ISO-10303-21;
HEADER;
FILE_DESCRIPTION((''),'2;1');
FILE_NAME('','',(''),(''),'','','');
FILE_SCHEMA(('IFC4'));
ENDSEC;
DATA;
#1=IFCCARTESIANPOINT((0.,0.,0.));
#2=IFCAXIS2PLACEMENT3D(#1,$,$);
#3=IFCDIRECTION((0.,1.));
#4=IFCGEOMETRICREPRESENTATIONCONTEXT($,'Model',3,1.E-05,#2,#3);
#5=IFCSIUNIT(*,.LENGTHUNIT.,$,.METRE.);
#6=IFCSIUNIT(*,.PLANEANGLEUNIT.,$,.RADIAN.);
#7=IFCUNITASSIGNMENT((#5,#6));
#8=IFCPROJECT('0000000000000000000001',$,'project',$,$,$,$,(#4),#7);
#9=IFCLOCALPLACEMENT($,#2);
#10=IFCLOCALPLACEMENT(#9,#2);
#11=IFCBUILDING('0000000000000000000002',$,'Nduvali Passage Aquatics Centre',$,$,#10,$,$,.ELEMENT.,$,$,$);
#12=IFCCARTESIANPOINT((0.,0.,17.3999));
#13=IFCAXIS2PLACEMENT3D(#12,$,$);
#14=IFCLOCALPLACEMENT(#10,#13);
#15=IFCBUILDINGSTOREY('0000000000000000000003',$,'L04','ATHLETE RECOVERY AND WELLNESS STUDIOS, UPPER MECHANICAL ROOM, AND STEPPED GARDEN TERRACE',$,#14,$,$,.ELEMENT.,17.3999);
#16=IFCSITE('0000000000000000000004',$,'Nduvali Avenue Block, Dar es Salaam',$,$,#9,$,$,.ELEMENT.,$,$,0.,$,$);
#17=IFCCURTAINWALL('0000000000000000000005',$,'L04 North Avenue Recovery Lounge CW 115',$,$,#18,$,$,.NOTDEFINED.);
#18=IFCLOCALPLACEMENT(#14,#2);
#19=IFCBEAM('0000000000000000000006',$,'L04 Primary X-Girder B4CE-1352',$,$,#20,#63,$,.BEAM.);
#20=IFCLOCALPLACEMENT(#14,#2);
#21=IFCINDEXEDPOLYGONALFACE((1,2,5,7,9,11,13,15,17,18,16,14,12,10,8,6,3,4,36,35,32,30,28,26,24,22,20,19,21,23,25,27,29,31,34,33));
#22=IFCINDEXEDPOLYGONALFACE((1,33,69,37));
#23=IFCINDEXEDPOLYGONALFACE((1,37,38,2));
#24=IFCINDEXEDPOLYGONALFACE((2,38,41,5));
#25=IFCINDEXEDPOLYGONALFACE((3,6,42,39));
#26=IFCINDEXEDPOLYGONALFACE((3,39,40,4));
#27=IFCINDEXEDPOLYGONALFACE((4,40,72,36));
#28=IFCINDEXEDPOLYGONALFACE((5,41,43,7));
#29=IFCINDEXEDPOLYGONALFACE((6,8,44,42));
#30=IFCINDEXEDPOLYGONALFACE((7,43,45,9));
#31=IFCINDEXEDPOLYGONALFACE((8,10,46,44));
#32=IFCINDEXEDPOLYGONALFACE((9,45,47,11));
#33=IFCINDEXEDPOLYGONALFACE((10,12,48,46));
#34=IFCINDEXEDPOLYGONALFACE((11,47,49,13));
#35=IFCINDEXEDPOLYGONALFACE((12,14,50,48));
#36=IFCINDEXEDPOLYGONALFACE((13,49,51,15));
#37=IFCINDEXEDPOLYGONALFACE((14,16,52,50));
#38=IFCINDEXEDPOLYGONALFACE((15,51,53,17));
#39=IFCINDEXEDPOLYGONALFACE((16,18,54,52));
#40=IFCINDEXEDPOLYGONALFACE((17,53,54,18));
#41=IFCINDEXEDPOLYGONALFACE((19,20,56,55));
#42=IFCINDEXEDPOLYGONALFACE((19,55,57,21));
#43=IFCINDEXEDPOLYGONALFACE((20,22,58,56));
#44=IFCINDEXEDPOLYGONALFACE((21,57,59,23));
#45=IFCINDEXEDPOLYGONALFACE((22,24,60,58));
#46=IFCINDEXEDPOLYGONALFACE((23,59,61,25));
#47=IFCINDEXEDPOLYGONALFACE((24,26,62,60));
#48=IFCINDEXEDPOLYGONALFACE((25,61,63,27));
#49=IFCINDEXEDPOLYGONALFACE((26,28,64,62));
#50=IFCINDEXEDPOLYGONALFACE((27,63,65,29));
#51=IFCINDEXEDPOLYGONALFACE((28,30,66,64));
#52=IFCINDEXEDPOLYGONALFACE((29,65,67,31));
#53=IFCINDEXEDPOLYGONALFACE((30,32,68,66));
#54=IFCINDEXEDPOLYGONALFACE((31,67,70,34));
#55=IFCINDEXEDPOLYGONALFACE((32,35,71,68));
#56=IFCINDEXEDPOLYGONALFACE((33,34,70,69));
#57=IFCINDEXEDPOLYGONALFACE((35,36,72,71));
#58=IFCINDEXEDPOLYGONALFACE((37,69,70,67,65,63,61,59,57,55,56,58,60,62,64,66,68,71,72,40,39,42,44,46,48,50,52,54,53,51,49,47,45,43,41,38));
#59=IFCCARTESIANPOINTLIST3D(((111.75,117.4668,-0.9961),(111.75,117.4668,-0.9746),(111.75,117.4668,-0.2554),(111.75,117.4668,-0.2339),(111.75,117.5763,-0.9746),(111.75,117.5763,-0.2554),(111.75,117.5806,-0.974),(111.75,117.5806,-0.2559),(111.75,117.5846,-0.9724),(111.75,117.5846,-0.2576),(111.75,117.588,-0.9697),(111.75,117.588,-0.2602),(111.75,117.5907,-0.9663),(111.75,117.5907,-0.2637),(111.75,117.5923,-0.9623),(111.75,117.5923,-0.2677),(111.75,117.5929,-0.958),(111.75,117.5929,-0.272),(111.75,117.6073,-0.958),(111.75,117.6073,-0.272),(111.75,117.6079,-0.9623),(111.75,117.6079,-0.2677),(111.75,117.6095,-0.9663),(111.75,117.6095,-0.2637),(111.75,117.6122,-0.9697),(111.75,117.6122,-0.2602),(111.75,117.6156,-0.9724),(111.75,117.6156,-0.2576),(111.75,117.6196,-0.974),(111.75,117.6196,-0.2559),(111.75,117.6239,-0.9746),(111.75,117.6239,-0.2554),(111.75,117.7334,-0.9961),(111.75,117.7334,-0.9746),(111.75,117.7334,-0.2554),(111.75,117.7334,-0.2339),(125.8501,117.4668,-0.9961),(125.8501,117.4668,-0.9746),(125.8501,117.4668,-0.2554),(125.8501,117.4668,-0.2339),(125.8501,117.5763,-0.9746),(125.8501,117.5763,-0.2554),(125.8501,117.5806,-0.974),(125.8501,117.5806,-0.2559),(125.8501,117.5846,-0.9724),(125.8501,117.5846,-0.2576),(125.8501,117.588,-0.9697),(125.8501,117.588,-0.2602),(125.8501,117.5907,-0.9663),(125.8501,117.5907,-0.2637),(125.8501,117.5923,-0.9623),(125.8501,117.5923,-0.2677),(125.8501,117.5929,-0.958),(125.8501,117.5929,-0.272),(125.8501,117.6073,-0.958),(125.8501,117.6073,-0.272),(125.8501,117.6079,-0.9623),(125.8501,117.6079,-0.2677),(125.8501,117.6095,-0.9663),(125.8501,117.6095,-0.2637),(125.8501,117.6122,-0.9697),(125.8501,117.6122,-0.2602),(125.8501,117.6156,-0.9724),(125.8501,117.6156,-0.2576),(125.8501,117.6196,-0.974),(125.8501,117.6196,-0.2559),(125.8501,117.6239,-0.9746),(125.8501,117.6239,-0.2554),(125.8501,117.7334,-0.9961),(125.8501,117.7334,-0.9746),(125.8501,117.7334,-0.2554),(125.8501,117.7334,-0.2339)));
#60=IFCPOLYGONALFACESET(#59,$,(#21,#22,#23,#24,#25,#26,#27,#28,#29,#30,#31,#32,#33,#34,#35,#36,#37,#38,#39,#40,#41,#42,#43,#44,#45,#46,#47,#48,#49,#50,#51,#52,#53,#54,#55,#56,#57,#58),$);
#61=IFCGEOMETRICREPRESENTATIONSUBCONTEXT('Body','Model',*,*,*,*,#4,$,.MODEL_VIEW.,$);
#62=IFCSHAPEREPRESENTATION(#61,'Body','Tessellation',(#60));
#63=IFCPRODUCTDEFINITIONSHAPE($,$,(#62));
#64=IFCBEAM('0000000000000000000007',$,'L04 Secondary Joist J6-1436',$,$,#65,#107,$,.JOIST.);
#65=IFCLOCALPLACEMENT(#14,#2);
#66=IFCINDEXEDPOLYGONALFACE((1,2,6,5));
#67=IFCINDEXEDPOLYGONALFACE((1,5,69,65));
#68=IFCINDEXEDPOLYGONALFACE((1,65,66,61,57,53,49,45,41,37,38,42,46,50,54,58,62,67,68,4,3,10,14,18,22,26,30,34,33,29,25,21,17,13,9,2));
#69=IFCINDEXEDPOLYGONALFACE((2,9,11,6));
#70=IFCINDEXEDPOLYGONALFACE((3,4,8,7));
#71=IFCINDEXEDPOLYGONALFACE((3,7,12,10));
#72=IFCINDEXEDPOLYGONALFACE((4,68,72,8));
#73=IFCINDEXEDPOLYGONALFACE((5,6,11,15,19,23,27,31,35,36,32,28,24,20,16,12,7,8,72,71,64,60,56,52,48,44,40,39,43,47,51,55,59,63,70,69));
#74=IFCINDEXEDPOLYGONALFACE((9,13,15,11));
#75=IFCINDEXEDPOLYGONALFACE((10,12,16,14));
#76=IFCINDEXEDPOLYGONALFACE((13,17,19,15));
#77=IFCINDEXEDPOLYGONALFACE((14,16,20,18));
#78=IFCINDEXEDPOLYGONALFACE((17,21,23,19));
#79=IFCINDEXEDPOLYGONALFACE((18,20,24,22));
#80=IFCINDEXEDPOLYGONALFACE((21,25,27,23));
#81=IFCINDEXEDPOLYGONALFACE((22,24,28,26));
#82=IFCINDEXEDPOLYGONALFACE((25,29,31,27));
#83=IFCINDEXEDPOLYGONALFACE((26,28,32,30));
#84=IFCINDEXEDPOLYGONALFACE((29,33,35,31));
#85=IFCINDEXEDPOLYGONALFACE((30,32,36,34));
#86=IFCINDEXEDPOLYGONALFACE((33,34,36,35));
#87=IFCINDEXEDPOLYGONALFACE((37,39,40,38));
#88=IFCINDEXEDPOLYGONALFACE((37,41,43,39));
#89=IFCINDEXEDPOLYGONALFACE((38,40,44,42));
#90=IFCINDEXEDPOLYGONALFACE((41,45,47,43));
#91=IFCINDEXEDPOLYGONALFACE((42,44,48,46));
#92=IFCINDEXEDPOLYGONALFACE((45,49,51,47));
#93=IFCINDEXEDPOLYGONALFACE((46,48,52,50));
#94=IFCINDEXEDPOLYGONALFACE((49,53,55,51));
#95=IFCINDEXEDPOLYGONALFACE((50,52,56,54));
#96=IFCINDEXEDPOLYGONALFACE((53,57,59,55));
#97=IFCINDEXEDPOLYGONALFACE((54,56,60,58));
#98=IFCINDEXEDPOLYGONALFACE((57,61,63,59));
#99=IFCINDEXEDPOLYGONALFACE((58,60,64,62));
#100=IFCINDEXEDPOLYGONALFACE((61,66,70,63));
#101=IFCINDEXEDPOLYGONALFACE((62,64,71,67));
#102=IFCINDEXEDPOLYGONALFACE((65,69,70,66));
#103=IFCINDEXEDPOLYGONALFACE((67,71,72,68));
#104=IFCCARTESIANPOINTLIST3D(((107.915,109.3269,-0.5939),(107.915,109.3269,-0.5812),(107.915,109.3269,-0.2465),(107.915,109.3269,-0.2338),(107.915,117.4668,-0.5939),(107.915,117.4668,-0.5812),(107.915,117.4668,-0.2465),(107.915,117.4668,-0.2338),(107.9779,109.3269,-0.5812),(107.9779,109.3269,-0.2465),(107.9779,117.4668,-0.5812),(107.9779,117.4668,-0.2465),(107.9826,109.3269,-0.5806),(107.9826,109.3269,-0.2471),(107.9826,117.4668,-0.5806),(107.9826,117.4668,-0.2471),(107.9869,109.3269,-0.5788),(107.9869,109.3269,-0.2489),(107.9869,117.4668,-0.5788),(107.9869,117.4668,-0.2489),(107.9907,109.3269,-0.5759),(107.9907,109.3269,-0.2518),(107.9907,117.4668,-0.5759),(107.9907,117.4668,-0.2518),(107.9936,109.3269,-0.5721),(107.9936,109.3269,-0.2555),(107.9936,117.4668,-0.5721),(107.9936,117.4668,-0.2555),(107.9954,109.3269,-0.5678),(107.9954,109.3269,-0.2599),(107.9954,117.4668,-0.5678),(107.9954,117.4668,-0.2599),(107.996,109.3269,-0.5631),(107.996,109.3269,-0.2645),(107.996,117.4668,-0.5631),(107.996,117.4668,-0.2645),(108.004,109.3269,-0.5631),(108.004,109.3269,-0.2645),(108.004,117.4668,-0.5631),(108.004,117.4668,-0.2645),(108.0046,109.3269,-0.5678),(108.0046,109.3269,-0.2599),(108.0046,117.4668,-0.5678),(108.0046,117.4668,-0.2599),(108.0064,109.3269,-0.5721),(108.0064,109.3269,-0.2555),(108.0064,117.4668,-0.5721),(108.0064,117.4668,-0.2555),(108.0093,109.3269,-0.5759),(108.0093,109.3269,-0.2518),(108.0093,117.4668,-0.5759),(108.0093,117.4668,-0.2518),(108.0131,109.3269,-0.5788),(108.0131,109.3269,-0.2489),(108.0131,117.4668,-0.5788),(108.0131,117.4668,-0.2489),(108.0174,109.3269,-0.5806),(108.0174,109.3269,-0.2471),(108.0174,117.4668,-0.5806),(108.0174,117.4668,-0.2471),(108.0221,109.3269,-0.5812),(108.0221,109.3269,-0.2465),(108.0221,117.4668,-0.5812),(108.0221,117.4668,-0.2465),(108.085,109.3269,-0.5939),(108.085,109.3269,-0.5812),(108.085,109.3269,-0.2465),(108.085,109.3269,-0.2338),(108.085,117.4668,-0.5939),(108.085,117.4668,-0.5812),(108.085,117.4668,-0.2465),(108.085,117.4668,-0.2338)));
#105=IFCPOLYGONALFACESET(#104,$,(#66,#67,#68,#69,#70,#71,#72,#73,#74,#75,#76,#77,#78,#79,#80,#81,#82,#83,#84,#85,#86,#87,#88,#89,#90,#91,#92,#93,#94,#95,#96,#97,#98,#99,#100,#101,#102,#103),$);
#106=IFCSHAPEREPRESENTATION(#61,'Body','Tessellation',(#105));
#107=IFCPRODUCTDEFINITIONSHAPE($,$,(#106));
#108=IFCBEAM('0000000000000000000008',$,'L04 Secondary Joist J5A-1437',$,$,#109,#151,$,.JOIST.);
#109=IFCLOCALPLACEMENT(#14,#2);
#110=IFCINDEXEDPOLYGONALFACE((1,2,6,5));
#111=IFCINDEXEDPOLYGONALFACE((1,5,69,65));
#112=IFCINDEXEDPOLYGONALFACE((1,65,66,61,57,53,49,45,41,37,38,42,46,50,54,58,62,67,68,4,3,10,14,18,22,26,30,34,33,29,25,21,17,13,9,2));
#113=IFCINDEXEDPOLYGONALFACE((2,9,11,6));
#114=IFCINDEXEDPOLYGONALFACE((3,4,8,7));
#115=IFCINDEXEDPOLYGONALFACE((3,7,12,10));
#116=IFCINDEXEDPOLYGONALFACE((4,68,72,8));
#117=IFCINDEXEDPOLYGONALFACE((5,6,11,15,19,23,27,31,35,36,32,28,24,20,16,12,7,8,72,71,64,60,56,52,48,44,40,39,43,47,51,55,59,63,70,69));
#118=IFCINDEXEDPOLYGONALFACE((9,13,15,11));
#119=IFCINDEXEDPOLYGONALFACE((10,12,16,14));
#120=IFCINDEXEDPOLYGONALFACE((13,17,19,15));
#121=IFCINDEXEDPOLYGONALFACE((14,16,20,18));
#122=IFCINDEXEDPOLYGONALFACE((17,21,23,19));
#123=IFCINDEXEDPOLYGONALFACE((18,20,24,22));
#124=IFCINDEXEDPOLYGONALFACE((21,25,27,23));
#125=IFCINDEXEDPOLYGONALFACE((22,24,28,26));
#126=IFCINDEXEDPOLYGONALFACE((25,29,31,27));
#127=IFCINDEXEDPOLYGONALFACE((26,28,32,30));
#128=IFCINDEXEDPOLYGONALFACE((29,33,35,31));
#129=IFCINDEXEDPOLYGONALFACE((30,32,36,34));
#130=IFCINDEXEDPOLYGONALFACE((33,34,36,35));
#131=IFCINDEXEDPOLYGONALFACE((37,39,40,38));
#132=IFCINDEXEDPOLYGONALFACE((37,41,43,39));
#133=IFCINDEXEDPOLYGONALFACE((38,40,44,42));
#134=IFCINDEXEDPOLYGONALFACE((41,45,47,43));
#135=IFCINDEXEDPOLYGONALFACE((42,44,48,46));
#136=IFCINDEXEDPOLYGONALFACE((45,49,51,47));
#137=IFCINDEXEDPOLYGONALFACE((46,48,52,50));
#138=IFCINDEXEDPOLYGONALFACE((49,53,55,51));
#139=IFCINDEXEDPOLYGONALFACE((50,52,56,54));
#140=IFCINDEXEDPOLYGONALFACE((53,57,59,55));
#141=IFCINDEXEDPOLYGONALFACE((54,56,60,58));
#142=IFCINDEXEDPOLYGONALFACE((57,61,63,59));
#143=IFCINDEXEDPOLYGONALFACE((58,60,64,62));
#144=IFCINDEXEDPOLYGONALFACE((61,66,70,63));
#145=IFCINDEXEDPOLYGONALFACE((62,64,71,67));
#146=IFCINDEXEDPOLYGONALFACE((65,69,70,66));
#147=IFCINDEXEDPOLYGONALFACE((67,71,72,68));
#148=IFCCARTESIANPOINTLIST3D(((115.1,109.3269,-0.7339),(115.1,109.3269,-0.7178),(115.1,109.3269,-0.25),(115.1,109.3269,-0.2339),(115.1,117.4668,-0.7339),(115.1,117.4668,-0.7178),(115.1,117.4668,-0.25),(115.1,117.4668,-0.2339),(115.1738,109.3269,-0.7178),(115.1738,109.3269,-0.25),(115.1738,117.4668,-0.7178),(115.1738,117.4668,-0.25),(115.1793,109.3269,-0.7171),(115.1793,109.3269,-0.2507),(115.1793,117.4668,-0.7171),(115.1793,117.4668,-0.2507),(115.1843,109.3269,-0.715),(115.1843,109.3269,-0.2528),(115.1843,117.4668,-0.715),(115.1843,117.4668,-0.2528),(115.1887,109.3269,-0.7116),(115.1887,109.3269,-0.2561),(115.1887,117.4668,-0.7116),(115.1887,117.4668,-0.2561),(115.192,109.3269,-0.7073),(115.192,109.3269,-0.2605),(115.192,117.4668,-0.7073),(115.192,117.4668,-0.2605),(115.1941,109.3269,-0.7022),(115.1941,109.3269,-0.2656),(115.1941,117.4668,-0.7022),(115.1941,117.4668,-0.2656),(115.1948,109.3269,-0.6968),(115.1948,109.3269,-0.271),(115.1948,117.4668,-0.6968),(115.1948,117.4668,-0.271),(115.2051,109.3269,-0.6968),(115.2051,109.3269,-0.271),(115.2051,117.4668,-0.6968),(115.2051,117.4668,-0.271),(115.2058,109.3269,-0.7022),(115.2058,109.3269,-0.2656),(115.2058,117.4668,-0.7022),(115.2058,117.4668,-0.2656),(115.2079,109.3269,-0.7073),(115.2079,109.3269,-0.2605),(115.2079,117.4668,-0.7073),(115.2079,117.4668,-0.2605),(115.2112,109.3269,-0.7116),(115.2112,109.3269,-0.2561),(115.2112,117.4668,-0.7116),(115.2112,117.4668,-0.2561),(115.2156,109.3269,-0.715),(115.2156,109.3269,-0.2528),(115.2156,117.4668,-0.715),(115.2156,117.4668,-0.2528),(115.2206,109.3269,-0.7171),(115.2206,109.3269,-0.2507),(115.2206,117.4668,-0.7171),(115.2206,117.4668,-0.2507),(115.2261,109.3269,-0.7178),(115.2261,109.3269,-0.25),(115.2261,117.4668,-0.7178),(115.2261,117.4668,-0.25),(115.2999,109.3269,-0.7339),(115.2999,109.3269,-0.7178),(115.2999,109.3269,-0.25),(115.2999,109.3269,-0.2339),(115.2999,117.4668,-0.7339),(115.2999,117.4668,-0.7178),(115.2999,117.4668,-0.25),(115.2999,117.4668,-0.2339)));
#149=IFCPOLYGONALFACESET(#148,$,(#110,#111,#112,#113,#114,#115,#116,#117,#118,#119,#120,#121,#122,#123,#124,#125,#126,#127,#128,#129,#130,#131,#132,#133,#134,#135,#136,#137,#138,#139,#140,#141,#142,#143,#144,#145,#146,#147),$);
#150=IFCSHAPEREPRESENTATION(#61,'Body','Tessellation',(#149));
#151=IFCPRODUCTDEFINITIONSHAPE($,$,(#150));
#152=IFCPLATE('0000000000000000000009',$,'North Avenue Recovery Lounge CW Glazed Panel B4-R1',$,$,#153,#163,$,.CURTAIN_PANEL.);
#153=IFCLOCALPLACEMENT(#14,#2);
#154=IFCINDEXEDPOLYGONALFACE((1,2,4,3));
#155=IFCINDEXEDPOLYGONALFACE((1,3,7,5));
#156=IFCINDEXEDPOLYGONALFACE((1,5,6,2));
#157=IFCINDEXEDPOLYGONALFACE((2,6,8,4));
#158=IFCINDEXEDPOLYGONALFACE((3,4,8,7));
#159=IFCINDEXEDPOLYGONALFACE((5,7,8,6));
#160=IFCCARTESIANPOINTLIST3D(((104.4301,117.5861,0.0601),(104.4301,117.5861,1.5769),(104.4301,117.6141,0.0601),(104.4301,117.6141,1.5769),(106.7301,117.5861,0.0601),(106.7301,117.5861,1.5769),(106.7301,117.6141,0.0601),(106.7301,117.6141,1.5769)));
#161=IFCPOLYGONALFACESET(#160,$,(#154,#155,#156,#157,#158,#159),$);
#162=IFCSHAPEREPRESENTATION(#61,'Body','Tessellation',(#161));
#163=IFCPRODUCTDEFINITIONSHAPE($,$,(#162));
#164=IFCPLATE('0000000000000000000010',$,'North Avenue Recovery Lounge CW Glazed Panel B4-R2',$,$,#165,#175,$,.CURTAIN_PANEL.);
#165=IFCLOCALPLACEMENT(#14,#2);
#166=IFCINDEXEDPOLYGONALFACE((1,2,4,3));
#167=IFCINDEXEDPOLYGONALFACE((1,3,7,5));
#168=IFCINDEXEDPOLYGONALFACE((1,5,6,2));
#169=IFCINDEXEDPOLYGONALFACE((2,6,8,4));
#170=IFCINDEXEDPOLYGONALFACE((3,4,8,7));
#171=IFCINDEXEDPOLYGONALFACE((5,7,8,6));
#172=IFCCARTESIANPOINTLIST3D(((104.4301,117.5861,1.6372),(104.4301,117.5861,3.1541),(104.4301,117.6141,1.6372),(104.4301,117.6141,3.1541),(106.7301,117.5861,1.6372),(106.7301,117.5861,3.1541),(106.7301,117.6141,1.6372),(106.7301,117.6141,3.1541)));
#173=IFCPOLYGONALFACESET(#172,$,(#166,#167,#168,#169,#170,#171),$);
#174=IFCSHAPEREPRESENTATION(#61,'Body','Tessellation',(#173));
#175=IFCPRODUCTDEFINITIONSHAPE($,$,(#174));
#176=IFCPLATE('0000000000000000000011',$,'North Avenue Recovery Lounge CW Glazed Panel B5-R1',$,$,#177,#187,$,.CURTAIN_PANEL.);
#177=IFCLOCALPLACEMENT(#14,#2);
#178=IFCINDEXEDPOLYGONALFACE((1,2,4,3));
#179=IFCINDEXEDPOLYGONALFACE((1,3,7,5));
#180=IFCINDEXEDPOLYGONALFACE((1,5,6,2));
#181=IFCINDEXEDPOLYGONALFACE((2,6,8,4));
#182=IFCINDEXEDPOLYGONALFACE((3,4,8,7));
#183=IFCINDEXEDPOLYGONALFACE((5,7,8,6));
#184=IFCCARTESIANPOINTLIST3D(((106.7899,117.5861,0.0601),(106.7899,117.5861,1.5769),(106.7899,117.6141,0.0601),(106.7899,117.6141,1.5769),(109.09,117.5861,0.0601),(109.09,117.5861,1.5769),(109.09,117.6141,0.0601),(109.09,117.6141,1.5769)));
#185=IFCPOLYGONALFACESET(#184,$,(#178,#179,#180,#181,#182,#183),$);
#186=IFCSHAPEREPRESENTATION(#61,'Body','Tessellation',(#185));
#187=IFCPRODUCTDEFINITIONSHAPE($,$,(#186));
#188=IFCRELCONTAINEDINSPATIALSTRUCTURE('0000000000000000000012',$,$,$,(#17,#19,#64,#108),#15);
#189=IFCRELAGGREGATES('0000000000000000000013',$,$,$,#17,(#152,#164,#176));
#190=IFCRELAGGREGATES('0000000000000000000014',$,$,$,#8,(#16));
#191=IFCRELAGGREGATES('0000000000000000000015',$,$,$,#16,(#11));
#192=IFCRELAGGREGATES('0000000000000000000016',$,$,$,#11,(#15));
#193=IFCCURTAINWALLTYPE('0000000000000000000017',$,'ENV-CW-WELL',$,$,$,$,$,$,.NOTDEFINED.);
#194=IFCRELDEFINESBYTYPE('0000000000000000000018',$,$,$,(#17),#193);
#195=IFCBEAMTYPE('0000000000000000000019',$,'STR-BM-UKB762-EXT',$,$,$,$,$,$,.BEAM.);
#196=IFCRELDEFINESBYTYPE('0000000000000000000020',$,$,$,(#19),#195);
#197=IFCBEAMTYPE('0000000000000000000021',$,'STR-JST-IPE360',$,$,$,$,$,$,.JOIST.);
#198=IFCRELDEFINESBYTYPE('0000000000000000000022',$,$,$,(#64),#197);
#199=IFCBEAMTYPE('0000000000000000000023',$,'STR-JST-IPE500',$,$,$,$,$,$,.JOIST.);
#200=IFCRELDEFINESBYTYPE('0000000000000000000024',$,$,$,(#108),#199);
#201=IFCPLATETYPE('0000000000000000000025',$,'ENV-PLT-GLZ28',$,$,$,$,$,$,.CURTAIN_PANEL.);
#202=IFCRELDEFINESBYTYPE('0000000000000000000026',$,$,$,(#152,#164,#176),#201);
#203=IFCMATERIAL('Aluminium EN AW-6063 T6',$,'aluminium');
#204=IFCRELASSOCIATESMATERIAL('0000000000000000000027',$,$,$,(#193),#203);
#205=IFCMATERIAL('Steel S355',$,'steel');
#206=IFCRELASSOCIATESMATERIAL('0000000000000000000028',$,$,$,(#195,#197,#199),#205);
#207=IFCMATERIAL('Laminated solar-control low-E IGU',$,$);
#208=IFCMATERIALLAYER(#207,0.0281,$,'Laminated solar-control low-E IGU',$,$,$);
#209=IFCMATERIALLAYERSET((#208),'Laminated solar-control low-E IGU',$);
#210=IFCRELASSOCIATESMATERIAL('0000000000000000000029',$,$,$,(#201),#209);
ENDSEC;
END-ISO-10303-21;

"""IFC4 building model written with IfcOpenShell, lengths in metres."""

from ifc_helpers import new_model, si_unit, direction, frame, origin, origin_2d, place, context, subcontext, project, spatial, rectangle, i_section, extrude, material, layer, layer_set, material_profile, profile_set, type_object, element, aggregate, save


model = new_model("IFC4")

# Units and contexts
model_context = context("Model", 3, precision=1e-05, world=origin(), true_north=direction((0.0, 1.0)))
body_context = subcontext(model_context, "Body", "Model", "MODEL_VIEW")
ifc_project = project(units=[si_unit("LENGTHUNIT", "METRE"), si_unit("PLANEANGLEUNIT", "RADIAN")], contexts=[model_context])

# Site, building, storey
site_placement = place(None, origin())
site = spatial("IfcSite", under=ifc_project, at=site_placement, Name="Nduvali Avenue Block, Dar es Salaam", CompositionType="ELEMENT", RefElevation=0.0)
building_placement = place(site_placement, origin())
building = spatial("IfcBuilding", under=site, at=building_placement, Name="Nduvali Passage Aquatics Centre", CompositionType="ELEMENT")
storey_placement = place(building_placement, frame((0.0, 0.0, 17.3999)))
storey = spatial("IfcBuildingStorey", under=building, at=storey_placement, Name="L04", Description="ATHLETE RECOVERY AND WELLNESS STUDIOS, UPPER MECHANICAL ROOM, AND STEPPED GARDEN TERRACE", CompositionType="ELEMENT", Elevation=17.3999)

# Shared definitions
ifc_material_1 = material(Name="Steel S355", Category="steel")

# Curtain wall
ifc_material_2 = material(Name="Aluminium EN AW-6063 T6", Category="aluminium")
curtain_wall_type = type_object("IfcCurtainWallType", Name="ENV-CW-WELL", PredefinedType="NOTDEFINED", material=ifc_material_2)
curtain_wall_1_placement = place(storey_placement, origin())
curtain_wall_1 = element("IfcCurtainWall", 1, at=curtain_wall_1_placement, inside=storey, type_object=curtain_wall_type, Name="L04 North Avenue Recovery Lounge CW 115", PredefinedType="NOTDEFINED")

# Beams
ifc_material_profile_1 = material_profile(ifc_material_1, i_section(OverallWidth=0.2666, OverallDepth=0.7622, WebThickness=0.0144, FlangeThickness=0.0215, FilletRadius=0.0166, at=origin_2d()), Name="UKB 762x267x173")
ifc_profile_set_1 = profile_set([ifc_material_profile_1], Name="Steel S355")
beam_type_1 = type_object("IfcBeamType", Name="STR-BM-UKB762-EXT", PredefinedType="BEAM", material=ifc_profile_set_1)
beam_1_placement = place(storey_placement, frame((111.75, 117.6001, -0.615), z_axis=(1.0, 0.0, 0.0), x_axis=(0.0, 1.0, 0.0)))
element("IfcBeam", 2, at=beam_1_placement, inside=storey, type_object=beam_type_1, Name="L04 Primary X-Girder B4CE-1352", PredefinedType="BEAM", context=body_context, shape_type="SweptSolid", body=[
    extrude(i_section(OverallWidth=0.2666, OverallDepth=0.7622, WebThickness=0.0144, FlangeThickness=0.0215, FilletRadius=0.0166, at=origin_2d()), origin(), (0.0, 0.0, 1.0), 14.1001),
])
ifc_material_profile_2 = material_profile(ifc_material_1, i_section(OverallWidth=0.1699, OverallDepth=0.3601, WebThickness=0.0081, FlangeThickness=0.0127, FilletRadius=0.0181, at=origin_2d()), Name="IPE 360")
ifc_profile_set_2 = profile_set([ifc_material_profile_2], Name="Steel S355")
beam_type_2 = type_object("IfcBeamType", Name="STR-JST-IPE360", PredefinedType="JOIST", material=ifc_profile_set_2)
beam_2_placement = place(storey_placement, frame((108.0, 109.3269, -0.4138), z_axis=(0.0, 1.0, 0.0), x_axis=(-1.0, 0.0, 0.0)))
element("IfcBeam", 3, at=beam_2_placement, inside=storey, type_object=beam_type_2, Name="L04 Secondary Joist J6-1436", PredefinedType="JOIST", context=body_context, shape_type="SweptSolid", body=[
    extrude(i_section(OverallWidth=0.1699, OverallDepth=0.3601, WebThickness=0.0081, FlangeThickness=0.0127, FilletRadius=0.0181, at=origin_2d()), origin(), (0.0, 0.0, 1.0), 8.1399),
])
ifc_material_profile_3 = material_profile(ifc_material_1, i_section(OverallWidth=0.2, OverallDepth=0.5, WebThickness=0.0103, FlangeThickness=0.0161, FilletRadius=0.021, at=origin_2d()), Name="IPE 500")
ifc_profile_set_3 = profile_set([ifc_material_profile_3], Name="Steel S355")
beam_type_3 = type_object("IfcBeamType", Name="STR-JST-IPE500", PredefinedType="JOIST", material=ifc_profile_set_3)
beam_3_placement = place(storey_placement, frame((115.2, 109.3269, -0.4839), z_axis=(0.0, 1.0, 0.0), x_axis=(-1.0, 0.0, 0.0)))
element("IfcBeam", 4, at=beam_3_placement, inside=storey, type_object=beam_type_3, Name="L04 Secondary Joist J5A-1437", PredefinedType="JOIST", context=body_context, shape_type="SweptSolid", body=[
    extrude(i_section(OverallWidth=0.2, OverallDepth=0.5, WebThickness=0.0103, FlangeThickness=0.0161, FilletRadius=0.021, at=origin_2d()), origin(), (0.0, 0.0, 1.0), 8.1399),
])

# Plates
ifc_material_3 = material(Name="Laminated solar-control low-E IGU")
ifc_layer = layer(ifc_material_3, 0.0281, Name="Laminated solar-control low-E IGU")
ifc_layer_set = layer_set([ifc_layer], Name="Laminated solar-control low-E IGU")
plate_type = type_object("IfcPlateType", Name="ENV-PLT-GLZ28", PredefinedType="CURTAIN_PANEL", material=ifc_layer_set)
plate_1_placement = place(storey_placement, frame((105.5801, 117.6001, 0.0601), z_axis=(0.0, 0.0, 1.0), x_axis=(1.0, 0.0, 0.0)))
plate_1 = element("IfcPlate", 5, at=plate_1_placement, type_object=plate_type, Name="North Avenue Recovery Lounge CW Glazed Panel B4-R1", PredefinedType="CURTAIN_PANEL", context=body_context, shape_type="SweptSolid", body=[
    extrude(rectangle(XDim=2.3, YDim=0.0281, at=origin_2d()), origin(), (0.0, 0.0, 1.0), 1.5168),
])
plate_2_placement = place(storey_placement, frame((105.5801, 117.6001, 1.6372), z_axis=(0.0, 0.0, 1.0), x_axis=(1.0, 0.0, 0.0)))
plate_2 = element("IfcPlate", 6, at=plate_2_placement, type_object=plate_type, Name="North Avenue Recovery Lounge CW Glazed Panel B4-R2", PredefinedType="CURTAIN_PANEL", context=body_context, shape_type="SweptSolid", body=[
    extrude(rectangle(XDim=2.3, YDim=0.0281, at=origin_2d()), origin(), (0.0, 0.0, 1.0), 1.5168),
])
plate_3_placement = place(storey_placement, frame((107.9399, 117.6001, 0.0601), z_axis=(0.0, 0.0, 1.0), x_axis=(1.0, 0.0, 0.0)))
plate_3 = element("IfcPlate", 7, at=plate_3_placement, type_object=plate_type, Name="North Avenue Recovery Lounge CW Glazed Panel B5-R1", PredefinedType="CURTAIN_PANEL", context=body_context, shape_type="SweptSolid", body=[
    extrude(rectangle(XDim=2.3, YDim=0.0281, at=origin_2d()), origin(), (0.0, 0.0, 1.0), 1.5168),
])
aggregate(curtain_wall_1, [plate_1, plate_2, plate_3])

save(model, "model.ifc")
